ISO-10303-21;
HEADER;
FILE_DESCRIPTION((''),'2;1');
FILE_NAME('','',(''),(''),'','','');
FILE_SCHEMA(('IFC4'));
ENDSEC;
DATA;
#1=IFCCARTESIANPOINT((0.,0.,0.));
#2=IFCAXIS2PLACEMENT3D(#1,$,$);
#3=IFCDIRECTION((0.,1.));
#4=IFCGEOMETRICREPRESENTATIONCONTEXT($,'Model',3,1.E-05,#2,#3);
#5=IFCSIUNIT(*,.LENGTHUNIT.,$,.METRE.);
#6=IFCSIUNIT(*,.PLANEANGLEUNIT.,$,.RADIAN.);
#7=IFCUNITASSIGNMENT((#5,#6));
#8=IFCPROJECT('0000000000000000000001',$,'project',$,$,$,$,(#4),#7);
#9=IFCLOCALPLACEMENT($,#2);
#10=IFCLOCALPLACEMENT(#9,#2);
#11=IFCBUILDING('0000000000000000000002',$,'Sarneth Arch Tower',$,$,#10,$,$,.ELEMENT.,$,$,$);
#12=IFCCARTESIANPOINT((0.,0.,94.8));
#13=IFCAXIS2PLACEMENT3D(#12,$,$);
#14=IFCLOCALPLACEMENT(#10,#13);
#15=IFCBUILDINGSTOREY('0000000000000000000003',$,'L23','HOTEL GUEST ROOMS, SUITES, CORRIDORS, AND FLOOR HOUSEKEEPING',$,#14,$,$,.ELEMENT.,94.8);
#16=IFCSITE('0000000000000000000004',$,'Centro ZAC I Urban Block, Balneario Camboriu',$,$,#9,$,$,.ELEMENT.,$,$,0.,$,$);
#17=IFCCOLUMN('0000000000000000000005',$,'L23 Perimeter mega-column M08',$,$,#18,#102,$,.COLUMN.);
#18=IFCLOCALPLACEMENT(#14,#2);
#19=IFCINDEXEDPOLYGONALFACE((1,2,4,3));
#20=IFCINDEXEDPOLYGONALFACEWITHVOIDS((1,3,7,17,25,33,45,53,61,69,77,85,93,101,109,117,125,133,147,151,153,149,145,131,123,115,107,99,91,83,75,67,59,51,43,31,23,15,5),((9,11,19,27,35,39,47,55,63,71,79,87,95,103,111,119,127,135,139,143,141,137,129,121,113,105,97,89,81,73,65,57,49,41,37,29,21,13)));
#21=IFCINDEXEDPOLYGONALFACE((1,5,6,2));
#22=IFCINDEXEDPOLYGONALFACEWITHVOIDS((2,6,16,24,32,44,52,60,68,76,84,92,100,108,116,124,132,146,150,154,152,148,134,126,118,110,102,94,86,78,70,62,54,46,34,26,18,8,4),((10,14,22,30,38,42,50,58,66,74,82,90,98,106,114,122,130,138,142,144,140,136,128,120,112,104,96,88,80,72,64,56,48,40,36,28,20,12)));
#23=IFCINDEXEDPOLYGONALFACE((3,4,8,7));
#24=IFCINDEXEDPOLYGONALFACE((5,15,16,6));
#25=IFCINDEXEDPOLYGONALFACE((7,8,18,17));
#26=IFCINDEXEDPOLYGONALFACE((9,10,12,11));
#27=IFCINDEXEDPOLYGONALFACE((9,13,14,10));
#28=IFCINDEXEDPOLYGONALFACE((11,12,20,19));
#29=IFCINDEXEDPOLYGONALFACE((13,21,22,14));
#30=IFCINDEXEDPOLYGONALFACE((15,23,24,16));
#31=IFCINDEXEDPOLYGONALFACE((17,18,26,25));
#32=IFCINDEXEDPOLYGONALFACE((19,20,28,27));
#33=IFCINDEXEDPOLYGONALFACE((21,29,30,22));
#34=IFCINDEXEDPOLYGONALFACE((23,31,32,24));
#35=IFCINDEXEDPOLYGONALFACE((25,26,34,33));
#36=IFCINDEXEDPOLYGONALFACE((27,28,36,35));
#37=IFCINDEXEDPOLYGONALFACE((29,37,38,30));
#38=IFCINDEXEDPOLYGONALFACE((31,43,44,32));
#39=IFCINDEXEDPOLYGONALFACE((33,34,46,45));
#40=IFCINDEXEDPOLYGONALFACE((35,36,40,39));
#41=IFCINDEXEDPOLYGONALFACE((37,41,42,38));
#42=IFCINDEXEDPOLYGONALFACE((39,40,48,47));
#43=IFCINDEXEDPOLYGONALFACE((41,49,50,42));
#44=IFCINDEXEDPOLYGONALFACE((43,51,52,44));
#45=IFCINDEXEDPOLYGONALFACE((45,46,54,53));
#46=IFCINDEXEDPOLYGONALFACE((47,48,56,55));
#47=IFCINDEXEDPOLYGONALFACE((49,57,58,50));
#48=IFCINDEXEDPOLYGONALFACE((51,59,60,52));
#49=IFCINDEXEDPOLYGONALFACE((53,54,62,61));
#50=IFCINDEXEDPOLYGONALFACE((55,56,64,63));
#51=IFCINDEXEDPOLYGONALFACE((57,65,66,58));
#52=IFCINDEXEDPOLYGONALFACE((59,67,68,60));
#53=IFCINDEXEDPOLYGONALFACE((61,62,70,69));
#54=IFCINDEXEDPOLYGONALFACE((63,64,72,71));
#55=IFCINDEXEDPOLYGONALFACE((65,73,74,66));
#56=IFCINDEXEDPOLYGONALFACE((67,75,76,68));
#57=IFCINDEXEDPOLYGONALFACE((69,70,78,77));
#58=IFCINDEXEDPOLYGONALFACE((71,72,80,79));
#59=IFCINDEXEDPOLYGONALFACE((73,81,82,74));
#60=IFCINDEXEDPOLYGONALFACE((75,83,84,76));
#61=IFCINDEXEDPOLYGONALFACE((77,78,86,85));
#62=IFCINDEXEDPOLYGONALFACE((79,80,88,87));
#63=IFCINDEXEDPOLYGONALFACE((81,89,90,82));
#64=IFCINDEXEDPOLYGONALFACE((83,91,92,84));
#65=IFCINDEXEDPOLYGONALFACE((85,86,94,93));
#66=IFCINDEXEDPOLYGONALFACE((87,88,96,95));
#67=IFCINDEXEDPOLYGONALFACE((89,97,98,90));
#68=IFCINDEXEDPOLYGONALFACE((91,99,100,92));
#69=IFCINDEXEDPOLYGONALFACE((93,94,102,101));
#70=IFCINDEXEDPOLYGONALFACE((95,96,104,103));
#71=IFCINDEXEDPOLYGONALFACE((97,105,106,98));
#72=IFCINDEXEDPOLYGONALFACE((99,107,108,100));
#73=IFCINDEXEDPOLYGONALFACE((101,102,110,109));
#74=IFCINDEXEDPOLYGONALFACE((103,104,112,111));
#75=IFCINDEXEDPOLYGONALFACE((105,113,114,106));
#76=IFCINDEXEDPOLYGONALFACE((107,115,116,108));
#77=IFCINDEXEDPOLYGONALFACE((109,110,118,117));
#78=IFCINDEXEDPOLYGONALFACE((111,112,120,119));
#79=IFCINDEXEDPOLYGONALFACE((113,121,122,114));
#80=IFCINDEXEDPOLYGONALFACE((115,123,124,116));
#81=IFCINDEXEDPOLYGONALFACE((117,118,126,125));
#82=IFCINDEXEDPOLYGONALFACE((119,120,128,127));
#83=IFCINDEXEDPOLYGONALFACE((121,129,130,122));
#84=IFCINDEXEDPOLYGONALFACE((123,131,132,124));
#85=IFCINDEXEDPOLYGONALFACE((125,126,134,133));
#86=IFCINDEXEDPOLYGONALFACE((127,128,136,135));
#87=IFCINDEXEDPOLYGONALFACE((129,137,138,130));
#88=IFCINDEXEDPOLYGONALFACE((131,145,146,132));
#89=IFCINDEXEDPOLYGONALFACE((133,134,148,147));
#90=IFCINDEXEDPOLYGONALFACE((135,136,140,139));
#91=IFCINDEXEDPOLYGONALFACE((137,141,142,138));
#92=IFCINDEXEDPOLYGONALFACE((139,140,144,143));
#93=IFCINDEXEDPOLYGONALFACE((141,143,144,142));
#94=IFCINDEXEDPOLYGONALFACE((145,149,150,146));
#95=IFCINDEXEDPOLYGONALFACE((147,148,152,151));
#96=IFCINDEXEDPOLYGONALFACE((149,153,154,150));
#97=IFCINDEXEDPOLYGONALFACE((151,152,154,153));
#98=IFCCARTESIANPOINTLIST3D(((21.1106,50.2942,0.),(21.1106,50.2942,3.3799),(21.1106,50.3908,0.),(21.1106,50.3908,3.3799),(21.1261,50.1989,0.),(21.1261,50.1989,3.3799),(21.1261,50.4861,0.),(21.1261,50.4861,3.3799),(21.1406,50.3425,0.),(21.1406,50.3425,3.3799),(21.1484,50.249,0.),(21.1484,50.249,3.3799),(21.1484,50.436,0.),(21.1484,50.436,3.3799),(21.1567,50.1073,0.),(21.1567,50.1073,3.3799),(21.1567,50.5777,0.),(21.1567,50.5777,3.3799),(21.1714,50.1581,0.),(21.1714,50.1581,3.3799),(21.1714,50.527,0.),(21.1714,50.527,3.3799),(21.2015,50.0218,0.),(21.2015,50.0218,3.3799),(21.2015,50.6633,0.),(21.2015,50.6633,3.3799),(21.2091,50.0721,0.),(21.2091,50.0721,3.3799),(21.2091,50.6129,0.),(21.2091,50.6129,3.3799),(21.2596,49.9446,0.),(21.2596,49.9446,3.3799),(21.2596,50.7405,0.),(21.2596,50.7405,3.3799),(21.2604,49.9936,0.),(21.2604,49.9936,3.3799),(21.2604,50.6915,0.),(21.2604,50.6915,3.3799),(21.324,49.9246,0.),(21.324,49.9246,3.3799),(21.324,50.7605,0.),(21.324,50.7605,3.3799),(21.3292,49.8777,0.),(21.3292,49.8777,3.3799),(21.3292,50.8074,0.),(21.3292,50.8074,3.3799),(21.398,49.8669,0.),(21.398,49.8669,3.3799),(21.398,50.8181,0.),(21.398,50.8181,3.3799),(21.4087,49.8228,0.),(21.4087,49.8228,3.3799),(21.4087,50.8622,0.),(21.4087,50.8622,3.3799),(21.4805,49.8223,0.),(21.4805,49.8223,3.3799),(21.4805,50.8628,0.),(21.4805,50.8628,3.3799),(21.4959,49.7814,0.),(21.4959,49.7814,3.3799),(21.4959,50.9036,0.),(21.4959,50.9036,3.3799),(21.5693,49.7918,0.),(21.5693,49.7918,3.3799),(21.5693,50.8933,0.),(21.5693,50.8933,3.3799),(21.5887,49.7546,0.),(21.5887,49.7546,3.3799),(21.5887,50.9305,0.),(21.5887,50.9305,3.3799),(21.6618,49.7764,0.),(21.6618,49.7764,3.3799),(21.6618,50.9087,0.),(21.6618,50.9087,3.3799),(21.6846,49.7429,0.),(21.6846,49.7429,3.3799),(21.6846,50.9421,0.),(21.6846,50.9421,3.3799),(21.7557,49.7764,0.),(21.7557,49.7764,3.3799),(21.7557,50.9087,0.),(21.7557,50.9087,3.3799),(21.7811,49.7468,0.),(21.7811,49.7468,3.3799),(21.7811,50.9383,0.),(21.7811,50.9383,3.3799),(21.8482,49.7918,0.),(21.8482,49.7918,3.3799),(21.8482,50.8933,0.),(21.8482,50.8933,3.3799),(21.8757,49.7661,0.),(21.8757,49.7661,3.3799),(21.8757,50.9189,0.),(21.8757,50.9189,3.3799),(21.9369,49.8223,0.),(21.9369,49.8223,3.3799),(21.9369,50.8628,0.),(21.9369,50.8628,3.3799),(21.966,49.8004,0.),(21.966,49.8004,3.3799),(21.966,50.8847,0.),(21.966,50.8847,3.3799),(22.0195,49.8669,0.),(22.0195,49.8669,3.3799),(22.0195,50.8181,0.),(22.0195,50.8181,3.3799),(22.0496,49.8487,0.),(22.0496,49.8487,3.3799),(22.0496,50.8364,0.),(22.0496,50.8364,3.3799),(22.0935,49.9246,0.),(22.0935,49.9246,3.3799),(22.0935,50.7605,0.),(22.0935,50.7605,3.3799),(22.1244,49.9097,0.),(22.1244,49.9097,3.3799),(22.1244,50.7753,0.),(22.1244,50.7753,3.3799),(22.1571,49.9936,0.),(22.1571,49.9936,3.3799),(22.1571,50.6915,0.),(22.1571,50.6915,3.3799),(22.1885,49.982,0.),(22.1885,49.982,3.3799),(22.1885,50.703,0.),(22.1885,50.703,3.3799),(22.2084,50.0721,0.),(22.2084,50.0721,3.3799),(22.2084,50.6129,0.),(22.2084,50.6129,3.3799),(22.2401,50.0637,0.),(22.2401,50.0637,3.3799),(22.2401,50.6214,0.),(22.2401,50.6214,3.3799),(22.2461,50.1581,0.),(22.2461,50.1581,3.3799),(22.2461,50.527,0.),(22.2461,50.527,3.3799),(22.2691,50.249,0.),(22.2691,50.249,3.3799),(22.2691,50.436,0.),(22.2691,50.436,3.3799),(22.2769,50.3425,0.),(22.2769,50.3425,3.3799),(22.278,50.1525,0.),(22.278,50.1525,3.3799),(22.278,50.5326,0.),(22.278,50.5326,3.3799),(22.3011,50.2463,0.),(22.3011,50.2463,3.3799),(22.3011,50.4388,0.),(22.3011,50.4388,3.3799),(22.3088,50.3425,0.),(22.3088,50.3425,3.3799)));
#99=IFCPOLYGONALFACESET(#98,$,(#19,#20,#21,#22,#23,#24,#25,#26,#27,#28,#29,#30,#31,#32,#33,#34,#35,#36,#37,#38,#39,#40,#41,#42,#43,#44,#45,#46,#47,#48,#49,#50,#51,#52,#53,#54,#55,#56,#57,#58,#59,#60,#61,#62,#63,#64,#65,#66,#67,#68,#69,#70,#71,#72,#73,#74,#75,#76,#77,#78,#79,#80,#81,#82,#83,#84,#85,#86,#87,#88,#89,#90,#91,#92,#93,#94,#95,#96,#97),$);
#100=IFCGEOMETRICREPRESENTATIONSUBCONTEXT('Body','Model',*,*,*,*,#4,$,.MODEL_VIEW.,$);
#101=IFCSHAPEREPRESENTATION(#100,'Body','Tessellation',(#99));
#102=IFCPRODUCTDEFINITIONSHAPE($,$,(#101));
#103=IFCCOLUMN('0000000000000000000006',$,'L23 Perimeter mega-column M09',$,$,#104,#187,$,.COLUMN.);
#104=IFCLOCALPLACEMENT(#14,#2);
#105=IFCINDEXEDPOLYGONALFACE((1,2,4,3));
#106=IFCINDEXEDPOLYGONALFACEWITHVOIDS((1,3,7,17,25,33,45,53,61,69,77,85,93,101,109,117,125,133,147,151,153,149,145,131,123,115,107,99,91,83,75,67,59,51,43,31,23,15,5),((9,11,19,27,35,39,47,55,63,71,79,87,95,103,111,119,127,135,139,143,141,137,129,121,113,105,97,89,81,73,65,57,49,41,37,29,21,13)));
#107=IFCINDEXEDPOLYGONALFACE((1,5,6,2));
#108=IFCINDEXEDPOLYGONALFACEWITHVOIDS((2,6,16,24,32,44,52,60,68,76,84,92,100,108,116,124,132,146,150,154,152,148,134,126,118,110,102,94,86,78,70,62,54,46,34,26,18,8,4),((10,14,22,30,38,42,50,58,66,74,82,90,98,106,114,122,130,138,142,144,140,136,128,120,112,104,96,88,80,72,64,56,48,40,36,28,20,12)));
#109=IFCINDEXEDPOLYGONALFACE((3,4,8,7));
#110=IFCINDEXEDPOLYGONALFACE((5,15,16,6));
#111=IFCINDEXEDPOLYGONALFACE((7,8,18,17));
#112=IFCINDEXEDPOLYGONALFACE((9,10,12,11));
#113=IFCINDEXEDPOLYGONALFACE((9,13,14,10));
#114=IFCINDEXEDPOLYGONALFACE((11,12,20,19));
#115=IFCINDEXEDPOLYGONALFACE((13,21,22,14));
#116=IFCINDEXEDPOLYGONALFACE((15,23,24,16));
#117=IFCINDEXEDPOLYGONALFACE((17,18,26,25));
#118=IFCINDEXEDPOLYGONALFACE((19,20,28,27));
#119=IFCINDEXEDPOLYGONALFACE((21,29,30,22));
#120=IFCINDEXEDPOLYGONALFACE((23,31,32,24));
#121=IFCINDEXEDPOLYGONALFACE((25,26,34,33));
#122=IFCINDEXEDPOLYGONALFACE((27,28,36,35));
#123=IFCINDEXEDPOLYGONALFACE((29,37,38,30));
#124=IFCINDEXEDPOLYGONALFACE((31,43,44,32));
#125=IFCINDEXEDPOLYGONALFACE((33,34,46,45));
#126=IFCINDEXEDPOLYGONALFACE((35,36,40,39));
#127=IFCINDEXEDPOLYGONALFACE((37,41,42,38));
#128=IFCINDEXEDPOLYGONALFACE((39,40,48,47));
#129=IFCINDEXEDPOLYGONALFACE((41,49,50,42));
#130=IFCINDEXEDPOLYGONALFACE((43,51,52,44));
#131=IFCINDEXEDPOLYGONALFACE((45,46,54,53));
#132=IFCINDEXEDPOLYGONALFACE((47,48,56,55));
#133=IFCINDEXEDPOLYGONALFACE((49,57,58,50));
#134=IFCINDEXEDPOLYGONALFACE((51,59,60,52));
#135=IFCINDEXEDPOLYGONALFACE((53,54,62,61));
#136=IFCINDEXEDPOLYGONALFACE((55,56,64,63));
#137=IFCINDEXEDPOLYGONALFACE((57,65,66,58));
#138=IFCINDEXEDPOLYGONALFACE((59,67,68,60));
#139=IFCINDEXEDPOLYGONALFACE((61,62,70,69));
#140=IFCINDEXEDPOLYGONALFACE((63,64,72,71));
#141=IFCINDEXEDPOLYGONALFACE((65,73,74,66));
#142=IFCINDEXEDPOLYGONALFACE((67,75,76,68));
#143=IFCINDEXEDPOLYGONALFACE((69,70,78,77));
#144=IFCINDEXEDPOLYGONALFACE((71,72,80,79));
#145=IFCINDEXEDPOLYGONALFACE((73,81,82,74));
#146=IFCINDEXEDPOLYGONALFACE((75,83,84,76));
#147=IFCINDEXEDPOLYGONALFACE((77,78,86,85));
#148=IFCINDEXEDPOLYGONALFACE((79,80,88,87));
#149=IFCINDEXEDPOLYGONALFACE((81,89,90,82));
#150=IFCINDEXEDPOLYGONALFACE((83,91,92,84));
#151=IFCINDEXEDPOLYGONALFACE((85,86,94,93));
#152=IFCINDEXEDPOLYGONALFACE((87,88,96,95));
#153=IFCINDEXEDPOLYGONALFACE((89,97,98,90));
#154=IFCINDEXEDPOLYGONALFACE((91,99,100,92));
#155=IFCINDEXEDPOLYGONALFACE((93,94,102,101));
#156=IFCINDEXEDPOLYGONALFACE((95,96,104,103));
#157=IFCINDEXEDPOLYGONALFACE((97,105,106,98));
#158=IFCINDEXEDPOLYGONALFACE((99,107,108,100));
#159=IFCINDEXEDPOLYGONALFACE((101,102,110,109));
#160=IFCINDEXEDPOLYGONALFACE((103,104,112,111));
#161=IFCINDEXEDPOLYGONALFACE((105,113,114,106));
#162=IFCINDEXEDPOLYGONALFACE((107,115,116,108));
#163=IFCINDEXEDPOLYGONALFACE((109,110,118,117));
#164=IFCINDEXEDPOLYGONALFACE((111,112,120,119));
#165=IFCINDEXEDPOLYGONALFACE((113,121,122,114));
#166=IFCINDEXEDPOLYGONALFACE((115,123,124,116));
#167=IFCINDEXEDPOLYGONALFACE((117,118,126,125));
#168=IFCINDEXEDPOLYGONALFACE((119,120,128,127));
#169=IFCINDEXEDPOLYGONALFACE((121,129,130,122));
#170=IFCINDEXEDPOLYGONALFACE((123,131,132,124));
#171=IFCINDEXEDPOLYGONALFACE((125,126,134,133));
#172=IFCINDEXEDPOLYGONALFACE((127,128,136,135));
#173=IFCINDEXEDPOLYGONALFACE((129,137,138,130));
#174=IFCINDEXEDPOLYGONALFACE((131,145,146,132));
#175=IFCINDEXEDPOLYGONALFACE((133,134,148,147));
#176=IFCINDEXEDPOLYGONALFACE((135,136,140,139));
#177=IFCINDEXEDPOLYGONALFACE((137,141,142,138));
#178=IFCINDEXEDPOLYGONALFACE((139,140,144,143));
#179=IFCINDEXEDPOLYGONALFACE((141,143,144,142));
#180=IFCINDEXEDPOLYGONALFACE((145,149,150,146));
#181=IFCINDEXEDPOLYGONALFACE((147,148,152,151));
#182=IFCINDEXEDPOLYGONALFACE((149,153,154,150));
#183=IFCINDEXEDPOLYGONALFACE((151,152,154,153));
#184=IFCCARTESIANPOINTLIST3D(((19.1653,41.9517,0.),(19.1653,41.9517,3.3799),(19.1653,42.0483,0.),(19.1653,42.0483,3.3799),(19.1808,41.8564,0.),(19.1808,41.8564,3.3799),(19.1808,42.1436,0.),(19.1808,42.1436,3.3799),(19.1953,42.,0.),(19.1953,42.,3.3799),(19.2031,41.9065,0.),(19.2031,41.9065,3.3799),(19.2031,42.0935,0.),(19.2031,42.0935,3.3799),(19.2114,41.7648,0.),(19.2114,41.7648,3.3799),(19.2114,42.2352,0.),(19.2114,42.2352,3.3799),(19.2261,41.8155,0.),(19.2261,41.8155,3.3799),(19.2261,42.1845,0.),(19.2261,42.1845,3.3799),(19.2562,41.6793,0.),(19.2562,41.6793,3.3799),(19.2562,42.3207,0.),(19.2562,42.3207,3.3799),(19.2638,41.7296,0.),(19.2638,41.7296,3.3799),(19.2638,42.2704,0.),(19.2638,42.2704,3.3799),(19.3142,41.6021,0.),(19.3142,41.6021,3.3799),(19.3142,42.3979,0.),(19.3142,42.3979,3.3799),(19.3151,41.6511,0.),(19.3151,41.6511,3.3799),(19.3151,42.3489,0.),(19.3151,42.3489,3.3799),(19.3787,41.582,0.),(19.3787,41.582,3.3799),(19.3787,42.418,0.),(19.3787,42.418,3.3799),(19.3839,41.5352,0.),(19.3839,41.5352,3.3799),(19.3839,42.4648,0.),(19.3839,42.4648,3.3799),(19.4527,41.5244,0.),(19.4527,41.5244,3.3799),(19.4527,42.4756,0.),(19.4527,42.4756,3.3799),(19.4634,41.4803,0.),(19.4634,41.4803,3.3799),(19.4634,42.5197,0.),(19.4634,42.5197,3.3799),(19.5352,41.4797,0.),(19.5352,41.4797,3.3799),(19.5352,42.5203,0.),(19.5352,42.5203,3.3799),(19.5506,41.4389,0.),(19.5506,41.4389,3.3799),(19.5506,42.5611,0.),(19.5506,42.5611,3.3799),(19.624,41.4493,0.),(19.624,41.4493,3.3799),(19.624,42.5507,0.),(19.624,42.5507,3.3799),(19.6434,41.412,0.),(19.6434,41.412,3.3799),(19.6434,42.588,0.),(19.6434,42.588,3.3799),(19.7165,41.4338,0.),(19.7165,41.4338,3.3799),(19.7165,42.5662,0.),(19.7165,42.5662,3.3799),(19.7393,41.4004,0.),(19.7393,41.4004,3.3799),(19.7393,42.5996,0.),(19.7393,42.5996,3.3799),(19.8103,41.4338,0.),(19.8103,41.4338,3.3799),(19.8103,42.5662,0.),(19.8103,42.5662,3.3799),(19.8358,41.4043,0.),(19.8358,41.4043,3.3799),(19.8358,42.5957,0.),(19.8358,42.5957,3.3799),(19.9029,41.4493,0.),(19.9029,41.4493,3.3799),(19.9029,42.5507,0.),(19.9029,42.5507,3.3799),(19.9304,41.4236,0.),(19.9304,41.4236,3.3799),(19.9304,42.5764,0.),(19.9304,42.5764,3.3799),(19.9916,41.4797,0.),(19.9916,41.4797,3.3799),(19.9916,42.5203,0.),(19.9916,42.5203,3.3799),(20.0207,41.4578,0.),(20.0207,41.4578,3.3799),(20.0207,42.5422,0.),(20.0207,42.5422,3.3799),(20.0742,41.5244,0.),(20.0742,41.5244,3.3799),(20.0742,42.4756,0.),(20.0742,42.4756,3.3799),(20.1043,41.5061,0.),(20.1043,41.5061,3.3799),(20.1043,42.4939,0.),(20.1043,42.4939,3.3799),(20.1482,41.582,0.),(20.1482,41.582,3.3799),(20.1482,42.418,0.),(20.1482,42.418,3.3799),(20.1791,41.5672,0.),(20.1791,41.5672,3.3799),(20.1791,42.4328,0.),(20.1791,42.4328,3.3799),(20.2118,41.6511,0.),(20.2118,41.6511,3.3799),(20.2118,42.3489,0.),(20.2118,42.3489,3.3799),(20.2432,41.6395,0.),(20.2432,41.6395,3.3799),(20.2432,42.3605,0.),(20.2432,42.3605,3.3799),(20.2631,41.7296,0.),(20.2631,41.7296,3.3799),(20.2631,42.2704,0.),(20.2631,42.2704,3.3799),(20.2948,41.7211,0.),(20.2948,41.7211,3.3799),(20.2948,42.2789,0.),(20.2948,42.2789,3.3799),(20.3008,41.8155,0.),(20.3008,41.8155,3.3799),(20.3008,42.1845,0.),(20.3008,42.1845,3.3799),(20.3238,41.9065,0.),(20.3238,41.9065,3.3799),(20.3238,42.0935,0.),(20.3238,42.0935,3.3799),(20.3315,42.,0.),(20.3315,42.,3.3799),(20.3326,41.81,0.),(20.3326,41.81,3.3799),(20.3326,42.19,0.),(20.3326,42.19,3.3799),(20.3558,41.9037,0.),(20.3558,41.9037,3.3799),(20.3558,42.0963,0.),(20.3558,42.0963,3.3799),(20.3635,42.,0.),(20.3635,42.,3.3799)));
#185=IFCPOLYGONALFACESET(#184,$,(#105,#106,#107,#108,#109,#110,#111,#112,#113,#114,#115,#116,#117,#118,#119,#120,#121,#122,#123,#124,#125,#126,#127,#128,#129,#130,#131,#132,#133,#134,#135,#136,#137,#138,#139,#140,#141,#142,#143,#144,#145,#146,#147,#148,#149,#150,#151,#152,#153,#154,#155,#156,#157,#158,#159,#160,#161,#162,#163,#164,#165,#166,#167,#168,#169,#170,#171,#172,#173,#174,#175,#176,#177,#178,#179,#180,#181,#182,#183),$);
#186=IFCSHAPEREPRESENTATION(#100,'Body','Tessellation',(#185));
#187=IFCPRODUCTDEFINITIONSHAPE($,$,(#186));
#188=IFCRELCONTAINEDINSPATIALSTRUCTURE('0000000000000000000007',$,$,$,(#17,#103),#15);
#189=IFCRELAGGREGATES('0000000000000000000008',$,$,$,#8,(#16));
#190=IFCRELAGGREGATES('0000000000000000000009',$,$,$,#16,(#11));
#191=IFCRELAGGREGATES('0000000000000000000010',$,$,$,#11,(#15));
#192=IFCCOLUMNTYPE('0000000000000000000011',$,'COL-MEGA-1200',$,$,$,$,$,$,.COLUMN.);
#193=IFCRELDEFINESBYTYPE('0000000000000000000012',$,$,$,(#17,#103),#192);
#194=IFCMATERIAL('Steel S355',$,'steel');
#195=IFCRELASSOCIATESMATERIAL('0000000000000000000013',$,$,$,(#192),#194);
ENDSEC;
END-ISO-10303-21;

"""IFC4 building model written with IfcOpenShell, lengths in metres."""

from ifc_helpers import new_model, si_unit, direction, frame, origin, origin_2d, place, context, subcontext, project, spatial, hollow_circle, extrude, material, material_profile, profile_set, type_object, element, save


model = new_model("IFC4")

# Units and contexts
model_context = context("Model", 3, precision=1e-05, world=origin(), true_north=direction((0.0, 1.0)))
body_context = subcontext(model_context, "Body", "Model", "MODEL_VIEW")
ifc_project = project(units=[si_unit("LENGTHUNIT", "METRE"), si_unit("PLANEANGLEUNIT", "RADIAN")], contexts=[model_context])

# Site, building, storey
site_placement = place(None, origin())
site = spatial("IfcSite", under=ifc_project, at=site_placement, Name="Centro ZAC I Urban Block, Balneario Camboriu", CompositionType="ELEMENT", RefElevation=0.0)
building_placement = place(site_placement, origin())
building = spatial("IfcBuilding", under=site, at=building_placement, Name="Sarneth Arch Tower", CompositionType="ELEMENT")
storey_placement = place(building_placement, frame((0.0, 0.0, 94.8)))
storey = spatial("IfcBuildingStorey", under=building, at=storey_placement, Name="L23", Description="HOTEL GUEST ROOMS, SUITES, CORRIDORS, AND FLOOR HOUSEKEEPING", CompositionType="ELEMENT", Elevation=94.8)

# Columns
ifc_material_1 = material(Name="Steel S355", Category="steel")
ifc_material_profile_1 = material_profile(ifc_material_1, hollow_circle(Radius=0.6001, WallThickness=0.032, at=origin_2d()), Name="CHS1200x32")
ifc_profile_set_1 = profile_set([ifc_material_profile_1], Name="Steel S355")
column_type = type_object("IfcColumnType", Name="COL-MEGA-1200", PredefinedType="COLUMN", material=ifc_profile_set_1)
for number, where, z_axis, x_axis, name in (
    (1, (21.7087, 50.3425, 0.0), (0.0, 0.0, 1.0), (1.0, 0.0, 0.0), "L23 Perimeter mega-column M08"),
    (2, (19.7634, 42.0, 0.0), (0.0, 0.0, 1.0), (1.0, 0.0, 0.0), "L23 Perimeter mega-column M09"),
):
    element("IfcColumn", number, at=place(storey_placement, frame(where, z_axis=z_axis, x_axis=x_axis)), inside=storey, type_object=column_type, Name=name, PredefinedType="COLUMN", context=body_context, shape_type="SweptSolid", body=[
        extrude(hollow_circle(Radius=0.6001, WallThickness=0.032, at=origin_2d()), origin(), (0.0, 0.0, 1.0), 3.3799),
    ])

save(model, "model.ifc")
